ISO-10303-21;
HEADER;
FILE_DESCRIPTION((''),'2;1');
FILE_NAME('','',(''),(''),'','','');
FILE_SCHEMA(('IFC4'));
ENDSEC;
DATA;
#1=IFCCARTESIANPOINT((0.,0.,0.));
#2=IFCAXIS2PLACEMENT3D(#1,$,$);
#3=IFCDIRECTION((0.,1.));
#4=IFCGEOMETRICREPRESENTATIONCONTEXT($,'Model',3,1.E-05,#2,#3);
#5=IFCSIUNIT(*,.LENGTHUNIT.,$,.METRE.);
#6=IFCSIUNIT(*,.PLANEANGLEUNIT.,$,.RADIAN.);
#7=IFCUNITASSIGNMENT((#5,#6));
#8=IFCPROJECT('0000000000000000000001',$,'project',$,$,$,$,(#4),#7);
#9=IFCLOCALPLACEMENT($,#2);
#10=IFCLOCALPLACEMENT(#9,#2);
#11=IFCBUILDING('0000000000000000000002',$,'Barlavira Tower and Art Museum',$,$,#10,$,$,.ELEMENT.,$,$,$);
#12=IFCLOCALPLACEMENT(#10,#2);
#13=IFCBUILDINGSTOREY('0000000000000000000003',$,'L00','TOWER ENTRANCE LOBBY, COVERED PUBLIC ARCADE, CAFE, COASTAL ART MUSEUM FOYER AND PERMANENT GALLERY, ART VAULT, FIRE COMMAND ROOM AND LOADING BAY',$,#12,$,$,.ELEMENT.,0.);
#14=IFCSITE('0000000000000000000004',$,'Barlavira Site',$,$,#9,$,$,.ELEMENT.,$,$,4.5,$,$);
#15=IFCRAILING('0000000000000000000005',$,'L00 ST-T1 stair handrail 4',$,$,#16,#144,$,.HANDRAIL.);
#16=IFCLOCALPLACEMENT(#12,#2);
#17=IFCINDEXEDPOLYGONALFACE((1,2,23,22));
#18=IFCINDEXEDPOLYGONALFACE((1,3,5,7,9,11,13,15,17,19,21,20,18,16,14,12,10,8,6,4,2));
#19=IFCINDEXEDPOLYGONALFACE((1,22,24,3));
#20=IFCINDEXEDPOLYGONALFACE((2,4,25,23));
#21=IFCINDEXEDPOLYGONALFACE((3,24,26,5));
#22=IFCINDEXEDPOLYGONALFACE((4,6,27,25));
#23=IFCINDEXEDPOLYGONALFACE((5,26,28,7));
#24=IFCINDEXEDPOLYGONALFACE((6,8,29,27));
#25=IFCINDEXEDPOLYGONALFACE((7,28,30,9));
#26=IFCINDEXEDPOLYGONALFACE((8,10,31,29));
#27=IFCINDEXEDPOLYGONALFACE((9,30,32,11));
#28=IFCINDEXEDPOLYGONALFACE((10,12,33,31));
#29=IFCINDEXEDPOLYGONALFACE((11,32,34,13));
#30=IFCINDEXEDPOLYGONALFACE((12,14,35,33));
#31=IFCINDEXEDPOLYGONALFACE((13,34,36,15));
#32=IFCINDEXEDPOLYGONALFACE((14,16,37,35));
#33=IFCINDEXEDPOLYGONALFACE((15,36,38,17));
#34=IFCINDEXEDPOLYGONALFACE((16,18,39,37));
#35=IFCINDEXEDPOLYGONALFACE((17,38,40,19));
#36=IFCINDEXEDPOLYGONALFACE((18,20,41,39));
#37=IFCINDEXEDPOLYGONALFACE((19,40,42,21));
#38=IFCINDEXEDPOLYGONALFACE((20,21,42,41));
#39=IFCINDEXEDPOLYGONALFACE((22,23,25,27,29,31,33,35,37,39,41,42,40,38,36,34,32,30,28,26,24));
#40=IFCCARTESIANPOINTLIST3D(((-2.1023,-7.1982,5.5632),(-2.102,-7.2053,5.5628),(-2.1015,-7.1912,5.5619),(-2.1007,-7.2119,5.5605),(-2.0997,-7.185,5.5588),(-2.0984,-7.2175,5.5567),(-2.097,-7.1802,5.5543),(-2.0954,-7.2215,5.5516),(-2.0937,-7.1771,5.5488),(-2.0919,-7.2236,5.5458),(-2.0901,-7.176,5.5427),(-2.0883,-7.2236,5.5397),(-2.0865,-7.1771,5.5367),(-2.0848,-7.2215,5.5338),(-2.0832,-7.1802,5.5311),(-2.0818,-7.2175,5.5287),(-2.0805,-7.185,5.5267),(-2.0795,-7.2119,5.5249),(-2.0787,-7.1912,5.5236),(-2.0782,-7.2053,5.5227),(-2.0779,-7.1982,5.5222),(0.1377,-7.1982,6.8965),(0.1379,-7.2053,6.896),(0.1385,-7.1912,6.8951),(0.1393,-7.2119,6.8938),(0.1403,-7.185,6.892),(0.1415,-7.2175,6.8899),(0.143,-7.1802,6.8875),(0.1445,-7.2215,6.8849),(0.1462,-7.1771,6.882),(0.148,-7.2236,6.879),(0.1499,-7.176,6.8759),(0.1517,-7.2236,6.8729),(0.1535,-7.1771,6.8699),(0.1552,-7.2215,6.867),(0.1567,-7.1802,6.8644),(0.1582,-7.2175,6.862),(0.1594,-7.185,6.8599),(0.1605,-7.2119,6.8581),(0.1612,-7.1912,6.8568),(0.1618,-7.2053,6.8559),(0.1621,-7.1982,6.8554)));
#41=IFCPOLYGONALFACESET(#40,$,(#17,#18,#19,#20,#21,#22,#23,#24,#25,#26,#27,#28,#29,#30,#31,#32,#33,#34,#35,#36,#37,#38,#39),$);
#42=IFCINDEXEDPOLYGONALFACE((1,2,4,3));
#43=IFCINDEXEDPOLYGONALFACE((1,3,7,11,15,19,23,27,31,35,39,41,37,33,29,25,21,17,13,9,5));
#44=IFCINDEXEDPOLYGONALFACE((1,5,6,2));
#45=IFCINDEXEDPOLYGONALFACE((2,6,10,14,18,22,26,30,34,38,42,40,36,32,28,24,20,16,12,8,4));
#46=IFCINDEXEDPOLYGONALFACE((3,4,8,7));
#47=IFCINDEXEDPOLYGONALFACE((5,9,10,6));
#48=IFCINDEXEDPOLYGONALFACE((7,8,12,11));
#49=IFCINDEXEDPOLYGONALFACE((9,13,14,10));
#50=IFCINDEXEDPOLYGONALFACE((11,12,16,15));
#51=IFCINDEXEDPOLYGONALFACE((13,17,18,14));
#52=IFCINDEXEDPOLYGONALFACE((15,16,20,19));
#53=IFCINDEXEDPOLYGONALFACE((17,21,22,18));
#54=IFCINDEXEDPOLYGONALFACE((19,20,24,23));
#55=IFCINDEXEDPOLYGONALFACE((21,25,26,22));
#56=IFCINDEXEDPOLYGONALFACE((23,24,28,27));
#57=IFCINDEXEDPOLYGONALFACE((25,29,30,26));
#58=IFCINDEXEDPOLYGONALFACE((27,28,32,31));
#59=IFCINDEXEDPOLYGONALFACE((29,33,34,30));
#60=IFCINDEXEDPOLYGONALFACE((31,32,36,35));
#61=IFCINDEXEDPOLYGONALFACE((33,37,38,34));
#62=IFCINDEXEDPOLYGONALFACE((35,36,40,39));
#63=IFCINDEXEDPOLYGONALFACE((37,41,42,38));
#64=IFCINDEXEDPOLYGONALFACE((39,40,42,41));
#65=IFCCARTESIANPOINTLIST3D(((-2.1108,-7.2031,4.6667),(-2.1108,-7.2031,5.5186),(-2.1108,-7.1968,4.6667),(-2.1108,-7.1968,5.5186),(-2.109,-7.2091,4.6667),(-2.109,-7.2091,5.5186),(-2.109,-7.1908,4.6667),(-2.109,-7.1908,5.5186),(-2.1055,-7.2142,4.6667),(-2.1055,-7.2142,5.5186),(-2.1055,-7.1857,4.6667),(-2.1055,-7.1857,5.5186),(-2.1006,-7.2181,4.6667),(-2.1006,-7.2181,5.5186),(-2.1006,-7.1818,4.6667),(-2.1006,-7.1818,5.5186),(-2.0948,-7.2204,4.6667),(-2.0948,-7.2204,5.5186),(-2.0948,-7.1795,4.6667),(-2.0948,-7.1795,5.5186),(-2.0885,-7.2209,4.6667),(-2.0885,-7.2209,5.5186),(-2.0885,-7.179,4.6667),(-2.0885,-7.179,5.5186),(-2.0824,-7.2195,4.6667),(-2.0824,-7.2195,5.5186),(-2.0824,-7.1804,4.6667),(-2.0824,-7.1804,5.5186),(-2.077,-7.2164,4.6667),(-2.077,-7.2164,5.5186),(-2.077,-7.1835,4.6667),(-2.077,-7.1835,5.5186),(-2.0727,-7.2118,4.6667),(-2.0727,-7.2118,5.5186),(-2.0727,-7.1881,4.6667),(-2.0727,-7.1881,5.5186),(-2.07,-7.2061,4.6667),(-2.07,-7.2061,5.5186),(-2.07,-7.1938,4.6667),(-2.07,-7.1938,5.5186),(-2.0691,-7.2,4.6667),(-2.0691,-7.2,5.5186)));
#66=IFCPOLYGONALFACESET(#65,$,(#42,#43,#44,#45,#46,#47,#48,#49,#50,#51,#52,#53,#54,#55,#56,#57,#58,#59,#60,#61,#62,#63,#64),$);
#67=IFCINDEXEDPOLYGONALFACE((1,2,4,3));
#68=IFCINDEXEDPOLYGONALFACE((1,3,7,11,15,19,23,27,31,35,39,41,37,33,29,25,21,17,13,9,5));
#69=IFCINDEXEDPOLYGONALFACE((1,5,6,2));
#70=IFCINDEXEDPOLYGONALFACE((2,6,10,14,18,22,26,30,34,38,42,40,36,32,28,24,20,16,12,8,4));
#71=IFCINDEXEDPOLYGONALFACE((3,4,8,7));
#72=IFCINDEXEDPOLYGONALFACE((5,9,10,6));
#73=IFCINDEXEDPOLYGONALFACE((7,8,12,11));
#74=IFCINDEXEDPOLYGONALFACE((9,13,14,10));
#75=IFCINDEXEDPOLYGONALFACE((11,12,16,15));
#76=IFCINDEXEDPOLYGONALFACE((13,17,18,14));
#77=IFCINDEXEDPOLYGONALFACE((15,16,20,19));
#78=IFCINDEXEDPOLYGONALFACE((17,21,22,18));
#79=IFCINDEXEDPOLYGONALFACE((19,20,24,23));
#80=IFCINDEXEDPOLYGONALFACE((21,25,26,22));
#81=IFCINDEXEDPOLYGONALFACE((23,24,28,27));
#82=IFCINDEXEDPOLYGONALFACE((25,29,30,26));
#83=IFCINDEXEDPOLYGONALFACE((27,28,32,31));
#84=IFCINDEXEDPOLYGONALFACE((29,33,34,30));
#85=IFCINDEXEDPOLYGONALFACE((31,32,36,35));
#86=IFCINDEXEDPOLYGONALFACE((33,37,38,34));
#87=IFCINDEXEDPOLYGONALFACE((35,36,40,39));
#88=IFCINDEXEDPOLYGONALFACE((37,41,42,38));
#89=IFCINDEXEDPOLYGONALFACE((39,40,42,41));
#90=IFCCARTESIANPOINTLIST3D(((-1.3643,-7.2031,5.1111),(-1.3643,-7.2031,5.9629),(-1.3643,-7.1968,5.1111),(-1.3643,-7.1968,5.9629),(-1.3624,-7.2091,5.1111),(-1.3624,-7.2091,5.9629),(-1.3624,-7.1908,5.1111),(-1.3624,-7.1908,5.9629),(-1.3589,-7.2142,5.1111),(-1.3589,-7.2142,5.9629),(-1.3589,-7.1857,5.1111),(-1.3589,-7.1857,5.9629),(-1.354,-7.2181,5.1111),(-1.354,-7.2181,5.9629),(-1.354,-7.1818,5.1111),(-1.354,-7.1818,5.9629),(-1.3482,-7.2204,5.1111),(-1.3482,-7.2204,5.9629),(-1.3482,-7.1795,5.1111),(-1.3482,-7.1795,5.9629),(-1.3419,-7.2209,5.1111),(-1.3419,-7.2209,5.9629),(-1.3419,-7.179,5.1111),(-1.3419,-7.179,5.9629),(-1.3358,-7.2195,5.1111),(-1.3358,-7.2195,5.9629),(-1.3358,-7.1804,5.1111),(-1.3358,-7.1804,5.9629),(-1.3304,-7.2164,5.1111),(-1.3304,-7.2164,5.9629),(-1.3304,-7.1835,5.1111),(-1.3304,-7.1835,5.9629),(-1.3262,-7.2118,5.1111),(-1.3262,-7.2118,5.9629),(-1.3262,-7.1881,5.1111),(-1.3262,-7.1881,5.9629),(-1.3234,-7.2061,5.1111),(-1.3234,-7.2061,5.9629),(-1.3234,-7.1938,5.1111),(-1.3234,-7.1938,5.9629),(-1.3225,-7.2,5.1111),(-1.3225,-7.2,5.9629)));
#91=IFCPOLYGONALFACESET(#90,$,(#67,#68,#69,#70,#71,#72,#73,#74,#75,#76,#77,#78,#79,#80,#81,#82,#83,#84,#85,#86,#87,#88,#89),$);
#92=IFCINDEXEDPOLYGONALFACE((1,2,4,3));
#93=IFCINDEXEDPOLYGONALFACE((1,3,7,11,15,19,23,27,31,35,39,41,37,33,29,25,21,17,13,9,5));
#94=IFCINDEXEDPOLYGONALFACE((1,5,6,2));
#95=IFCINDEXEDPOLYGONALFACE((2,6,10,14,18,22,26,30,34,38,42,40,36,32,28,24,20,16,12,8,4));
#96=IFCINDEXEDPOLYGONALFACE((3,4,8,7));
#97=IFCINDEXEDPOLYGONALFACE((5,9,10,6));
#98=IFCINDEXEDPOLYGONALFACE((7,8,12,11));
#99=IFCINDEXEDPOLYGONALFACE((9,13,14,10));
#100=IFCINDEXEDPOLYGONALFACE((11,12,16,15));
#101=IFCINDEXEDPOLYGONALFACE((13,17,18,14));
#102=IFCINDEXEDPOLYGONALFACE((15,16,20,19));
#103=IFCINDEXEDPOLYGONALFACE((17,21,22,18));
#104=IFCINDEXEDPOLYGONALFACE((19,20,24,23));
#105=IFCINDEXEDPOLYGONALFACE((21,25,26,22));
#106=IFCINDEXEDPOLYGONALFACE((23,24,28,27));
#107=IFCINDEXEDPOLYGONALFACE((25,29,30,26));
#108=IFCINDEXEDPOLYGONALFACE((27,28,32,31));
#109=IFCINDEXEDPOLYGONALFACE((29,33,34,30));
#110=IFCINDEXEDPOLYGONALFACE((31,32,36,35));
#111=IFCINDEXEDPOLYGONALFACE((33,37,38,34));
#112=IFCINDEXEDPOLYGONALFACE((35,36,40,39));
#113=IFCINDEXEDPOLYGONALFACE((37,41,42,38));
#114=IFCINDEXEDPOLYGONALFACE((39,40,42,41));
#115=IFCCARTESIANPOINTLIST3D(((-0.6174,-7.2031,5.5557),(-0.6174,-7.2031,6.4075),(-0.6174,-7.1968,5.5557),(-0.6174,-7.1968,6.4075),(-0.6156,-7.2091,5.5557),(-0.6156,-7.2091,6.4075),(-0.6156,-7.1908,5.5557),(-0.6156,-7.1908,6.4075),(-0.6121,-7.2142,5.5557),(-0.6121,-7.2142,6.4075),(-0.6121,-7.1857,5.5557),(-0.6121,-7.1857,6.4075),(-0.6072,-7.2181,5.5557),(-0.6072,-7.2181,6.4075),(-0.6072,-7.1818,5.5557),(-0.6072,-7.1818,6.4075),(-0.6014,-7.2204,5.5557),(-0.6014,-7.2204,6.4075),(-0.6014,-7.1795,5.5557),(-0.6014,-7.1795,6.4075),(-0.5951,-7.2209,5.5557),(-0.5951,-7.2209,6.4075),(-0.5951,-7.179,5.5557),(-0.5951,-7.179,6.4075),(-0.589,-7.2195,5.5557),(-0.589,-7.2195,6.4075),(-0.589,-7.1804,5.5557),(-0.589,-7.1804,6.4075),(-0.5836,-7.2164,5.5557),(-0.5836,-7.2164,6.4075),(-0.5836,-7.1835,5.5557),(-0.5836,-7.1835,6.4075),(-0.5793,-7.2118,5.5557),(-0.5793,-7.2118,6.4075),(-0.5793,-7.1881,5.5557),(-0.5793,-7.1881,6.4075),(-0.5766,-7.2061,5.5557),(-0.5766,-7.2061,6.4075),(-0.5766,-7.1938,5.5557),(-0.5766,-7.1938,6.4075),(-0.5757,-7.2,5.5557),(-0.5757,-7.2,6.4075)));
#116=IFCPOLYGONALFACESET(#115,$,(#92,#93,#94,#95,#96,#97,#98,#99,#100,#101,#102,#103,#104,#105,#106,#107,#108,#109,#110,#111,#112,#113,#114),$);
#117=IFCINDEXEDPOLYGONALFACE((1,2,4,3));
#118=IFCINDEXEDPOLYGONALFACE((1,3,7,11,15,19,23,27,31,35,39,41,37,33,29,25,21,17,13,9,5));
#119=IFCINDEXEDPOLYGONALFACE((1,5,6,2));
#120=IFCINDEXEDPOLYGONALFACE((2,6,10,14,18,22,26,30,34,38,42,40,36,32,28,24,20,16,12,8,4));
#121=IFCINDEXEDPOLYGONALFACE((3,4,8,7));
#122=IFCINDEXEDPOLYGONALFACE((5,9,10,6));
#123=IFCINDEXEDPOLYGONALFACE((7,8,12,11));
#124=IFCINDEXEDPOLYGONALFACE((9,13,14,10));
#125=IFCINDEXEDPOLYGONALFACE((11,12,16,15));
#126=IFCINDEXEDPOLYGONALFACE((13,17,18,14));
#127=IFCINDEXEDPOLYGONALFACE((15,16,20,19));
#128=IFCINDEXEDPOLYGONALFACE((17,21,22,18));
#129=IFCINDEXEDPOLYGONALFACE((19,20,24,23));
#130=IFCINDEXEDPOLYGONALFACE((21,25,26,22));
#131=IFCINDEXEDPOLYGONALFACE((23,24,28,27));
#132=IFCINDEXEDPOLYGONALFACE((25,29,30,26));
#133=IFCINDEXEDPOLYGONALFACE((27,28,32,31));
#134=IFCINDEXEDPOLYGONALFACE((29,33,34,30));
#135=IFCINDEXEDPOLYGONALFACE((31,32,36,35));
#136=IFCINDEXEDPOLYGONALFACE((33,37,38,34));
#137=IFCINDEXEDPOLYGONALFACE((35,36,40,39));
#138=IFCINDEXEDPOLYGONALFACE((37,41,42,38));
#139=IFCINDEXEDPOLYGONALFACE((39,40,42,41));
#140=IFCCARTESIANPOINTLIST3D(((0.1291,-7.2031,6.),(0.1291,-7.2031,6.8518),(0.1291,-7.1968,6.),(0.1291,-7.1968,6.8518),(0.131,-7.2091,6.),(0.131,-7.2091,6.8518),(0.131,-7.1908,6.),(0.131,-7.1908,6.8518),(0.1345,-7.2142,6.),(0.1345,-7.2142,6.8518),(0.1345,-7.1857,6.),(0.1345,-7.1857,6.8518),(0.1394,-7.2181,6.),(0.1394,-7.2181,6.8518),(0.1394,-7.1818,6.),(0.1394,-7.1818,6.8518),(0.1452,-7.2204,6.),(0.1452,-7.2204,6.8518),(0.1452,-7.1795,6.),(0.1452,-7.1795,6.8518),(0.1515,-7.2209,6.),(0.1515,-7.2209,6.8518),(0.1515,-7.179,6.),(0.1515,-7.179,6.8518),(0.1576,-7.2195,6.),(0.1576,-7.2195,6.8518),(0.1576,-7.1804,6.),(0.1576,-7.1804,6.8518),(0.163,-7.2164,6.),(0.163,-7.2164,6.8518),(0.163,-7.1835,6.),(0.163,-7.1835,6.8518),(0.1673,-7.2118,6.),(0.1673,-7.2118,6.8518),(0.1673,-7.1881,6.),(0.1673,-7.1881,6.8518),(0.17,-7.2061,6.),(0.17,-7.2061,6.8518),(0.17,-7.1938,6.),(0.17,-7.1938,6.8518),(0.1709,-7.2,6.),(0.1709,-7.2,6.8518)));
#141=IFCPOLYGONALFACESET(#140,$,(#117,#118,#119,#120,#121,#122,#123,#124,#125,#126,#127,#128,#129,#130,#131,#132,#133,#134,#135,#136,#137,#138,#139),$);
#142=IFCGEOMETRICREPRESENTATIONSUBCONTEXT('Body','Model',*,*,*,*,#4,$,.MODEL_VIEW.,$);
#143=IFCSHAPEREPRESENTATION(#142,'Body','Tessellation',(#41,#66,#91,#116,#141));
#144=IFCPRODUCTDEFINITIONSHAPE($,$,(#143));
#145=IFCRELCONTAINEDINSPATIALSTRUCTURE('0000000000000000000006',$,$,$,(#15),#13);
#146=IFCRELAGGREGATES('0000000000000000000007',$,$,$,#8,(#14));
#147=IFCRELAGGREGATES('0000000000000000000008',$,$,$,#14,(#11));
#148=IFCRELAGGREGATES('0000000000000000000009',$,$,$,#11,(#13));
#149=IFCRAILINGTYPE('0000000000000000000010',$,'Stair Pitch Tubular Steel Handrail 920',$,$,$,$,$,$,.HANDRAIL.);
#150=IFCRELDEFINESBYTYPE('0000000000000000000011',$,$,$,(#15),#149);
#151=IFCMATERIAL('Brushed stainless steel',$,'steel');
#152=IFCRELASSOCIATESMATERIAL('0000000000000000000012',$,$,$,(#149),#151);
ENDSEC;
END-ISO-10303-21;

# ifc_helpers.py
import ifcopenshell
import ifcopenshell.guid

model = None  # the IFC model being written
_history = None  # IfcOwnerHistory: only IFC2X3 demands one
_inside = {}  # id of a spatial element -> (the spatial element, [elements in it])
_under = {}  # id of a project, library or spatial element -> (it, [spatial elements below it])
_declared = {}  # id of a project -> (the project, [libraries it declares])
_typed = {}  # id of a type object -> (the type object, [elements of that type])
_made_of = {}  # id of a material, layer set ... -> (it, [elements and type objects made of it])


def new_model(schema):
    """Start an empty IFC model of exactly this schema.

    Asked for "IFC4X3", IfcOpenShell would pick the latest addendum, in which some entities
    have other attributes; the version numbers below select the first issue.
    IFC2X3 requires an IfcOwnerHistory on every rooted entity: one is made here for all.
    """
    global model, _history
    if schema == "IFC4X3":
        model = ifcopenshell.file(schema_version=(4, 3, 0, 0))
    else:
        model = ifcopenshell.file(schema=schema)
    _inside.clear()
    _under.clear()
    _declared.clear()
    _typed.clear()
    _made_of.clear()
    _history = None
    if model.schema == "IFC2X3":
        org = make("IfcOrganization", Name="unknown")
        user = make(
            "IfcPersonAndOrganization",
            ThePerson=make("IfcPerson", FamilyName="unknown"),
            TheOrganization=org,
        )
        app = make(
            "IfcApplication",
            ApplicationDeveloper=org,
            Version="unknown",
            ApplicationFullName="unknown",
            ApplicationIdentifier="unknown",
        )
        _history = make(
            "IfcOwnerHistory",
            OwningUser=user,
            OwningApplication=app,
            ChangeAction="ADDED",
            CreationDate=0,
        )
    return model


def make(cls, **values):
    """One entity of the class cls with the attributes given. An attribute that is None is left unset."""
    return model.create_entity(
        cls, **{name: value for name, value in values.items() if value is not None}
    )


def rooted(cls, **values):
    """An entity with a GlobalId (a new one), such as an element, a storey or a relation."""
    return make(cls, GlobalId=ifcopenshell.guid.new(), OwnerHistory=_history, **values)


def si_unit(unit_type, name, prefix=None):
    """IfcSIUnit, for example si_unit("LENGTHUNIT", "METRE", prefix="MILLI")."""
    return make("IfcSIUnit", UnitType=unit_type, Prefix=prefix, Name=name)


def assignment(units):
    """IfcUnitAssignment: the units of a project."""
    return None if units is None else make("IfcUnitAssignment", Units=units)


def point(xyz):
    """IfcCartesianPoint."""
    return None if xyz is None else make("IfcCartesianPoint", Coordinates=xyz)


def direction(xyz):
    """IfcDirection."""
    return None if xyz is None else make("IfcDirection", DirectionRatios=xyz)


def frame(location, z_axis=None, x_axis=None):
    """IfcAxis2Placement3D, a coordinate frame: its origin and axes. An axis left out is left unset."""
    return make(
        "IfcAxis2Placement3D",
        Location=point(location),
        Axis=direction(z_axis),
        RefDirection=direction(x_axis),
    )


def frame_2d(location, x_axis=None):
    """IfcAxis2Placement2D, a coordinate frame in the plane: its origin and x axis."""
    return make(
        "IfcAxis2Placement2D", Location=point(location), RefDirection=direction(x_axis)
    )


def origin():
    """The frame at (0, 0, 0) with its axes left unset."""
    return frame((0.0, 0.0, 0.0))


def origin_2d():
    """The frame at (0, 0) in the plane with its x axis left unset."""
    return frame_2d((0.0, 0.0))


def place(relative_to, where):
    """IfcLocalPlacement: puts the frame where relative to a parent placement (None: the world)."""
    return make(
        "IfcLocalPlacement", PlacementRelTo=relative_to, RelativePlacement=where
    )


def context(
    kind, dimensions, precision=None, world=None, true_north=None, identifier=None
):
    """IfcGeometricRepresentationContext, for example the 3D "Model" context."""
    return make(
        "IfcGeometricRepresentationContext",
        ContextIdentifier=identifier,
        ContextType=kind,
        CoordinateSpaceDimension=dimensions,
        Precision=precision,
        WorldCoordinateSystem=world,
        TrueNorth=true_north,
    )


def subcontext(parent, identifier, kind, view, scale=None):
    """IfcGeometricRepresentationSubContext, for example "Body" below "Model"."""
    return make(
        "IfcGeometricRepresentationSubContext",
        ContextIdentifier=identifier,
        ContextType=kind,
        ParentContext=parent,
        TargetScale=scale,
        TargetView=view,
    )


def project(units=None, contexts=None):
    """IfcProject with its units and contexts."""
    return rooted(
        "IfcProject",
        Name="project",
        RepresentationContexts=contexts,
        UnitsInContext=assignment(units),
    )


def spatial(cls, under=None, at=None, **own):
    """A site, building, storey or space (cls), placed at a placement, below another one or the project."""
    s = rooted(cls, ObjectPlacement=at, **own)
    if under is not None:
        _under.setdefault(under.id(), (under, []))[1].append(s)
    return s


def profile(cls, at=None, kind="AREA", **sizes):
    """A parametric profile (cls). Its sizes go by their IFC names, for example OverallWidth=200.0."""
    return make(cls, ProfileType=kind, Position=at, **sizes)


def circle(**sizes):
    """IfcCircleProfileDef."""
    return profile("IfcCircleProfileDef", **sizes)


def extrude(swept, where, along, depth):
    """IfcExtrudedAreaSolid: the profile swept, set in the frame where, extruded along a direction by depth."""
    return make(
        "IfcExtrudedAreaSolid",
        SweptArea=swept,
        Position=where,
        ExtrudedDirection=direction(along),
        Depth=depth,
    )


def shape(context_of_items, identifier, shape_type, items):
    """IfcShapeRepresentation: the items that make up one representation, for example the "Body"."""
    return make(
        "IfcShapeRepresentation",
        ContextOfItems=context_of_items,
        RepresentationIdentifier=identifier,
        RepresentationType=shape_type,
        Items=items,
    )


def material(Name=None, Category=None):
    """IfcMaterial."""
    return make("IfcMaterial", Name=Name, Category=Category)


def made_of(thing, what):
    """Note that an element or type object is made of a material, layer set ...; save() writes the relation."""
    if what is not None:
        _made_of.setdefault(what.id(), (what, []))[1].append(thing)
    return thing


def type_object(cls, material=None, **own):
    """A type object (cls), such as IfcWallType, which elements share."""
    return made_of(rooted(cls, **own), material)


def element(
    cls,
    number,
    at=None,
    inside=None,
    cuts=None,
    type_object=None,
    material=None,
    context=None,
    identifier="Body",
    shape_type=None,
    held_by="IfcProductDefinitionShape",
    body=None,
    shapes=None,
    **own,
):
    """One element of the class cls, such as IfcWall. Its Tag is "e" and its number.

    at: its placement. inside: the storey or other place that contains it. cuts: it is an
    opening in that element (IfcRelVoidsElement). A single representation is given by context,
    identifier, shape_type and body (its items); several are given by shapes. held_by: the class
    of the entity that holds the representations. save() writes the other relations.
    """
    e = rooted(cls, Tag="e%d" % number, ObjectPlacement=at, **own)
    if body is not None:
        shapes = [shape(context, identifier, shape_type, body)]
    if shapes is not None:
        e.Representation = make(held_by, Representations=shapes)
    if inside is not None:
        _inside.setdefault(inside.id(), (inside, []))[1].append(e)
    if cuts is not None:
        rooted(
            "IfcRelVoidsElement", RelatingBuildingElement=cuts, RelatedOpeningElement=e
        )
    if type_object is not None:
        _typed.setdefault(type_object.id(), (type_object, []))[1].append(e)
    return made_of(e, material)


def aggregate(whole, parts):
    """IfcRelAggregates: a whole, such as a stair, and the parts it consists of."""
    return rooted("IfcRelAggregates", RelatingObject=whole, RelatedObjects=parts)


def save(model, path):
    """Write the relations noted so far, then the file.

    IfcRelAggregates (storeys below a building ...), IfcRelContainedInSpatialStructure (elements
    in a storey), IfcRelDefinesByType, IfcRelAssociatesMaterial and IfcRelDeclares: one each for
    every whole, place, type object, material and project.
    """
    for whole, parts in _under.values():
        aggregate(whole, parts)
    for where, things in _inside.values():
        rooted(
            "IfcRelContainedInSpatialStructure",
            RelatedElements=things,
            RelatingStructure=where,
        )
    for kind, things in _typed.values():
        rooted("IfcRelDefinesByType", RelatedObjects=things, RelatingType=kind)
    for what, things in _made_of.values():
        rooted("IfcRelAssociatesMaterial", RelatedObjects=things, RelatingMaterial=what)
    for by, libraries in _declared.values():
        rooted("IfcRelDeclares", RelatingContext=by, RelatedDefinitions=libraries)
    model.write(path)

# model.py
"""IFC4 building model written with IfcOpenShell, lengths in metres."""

from ifc_helpers import new_model, si_unit, direction, frame, origin, origin_2d, place, context, subcontext, project, spatial, circle, extrude, material, type_object, element, save


model = new_model("IFC4")

# Units and contexts
model_context = context("Model", 3, precision=1e-05, world=origin(), true_north=direction((0.0, 1.0)))
body_context = subcontext(model_context, "Body", "Model", "MODEL_VIEW")
ifc_project = project(units=[si_unit("LENGTHUNIT", "METRE"), si_unit("PLANEANGLEUNIT", "RADIAN")], contexts=[model_context])

# Site, building, storey
site_placement = place(None, origin())
site = spatial("IfcSite", under=ifc_project, at=site_placement, Name="Barlavira Site", CompositionType="ELEMENT", RefElevation=4.5)
building_placement = place(site_placement, origin())
building = spatial("IfcBuilding", under=site, at=building_placement, Name="Barlavira Tower and Art Museum", CompositionType="ELEMENT")
storey_placement = place(building_placement, origin())
storey = spatial("IfcBuildingStorey", under=building, at=storey_placement, Name="L00", Description="TOWER ENTRANCE LOBBY, COVERED PUBLIC ARCADE, CAFE, COASTAL ART MUSEUM FOYER AND PERMANENT GALLERY, ART VAULT, FIRE COMMAND ROOM AND LOADING BAY", CompositionType="ELEMENT", Elevation=0.0)

# Shared definitions
ifc_material_1 = material(Name="Brushed stainless steel", Category="steel")

# Railing
railing_type_1 = type_object("IfcRailingType", Name="Stair Pitch Tubular Steel Handrail 920", PredefinedType="HANDRAIL", material=ifc_material_1)
for number, where, name in (
    (1, (-2.0901, -7.2, 4.6667), "L00 ST-T1 stair handrail 4"),
):
    element("IfcRailing", number, at=place(storey_placement, frame(where)), inside=storey, type_object=railing_type_1, Name=name, PredefinedType="HANDRAIL", context=body_context, shape_type="SweptSolid", body=[
        extrude(circle(Radius=0.0239, at=origin_2d()), frame((0.0, 0.0, 0.876), z_axis=(0.859306, 0.0, 0.511462), x_axis=(0.0, 1.0, 0.0)), (0.0, 0.0, 1.0), 2.6067),
        extrude(circle(Radius=0.021, at=origin_2d()), origin(), (0.0, 0.0, 1.0), 0.8518),
        extrude(circle(Radius=0.021, at=origin_2d()), frame((0.7466, 0.0, 0.4443)), (0.0, 0.0, 1.0), 0.8518),
        extrude(circle(Radius=0.021, at=origin_2d()), frame((1.4934, 0.0, 0.8889)), (0.0, 0.0, 1.0), 0.8518),
        extrude(circle(Radius=0.021, at=origin_2d()), frame((2.24, 0.0, 1.3333)), (0.0, 0.0, 1.0), 0.8518),
    ])

save(model, "model.ifc")
